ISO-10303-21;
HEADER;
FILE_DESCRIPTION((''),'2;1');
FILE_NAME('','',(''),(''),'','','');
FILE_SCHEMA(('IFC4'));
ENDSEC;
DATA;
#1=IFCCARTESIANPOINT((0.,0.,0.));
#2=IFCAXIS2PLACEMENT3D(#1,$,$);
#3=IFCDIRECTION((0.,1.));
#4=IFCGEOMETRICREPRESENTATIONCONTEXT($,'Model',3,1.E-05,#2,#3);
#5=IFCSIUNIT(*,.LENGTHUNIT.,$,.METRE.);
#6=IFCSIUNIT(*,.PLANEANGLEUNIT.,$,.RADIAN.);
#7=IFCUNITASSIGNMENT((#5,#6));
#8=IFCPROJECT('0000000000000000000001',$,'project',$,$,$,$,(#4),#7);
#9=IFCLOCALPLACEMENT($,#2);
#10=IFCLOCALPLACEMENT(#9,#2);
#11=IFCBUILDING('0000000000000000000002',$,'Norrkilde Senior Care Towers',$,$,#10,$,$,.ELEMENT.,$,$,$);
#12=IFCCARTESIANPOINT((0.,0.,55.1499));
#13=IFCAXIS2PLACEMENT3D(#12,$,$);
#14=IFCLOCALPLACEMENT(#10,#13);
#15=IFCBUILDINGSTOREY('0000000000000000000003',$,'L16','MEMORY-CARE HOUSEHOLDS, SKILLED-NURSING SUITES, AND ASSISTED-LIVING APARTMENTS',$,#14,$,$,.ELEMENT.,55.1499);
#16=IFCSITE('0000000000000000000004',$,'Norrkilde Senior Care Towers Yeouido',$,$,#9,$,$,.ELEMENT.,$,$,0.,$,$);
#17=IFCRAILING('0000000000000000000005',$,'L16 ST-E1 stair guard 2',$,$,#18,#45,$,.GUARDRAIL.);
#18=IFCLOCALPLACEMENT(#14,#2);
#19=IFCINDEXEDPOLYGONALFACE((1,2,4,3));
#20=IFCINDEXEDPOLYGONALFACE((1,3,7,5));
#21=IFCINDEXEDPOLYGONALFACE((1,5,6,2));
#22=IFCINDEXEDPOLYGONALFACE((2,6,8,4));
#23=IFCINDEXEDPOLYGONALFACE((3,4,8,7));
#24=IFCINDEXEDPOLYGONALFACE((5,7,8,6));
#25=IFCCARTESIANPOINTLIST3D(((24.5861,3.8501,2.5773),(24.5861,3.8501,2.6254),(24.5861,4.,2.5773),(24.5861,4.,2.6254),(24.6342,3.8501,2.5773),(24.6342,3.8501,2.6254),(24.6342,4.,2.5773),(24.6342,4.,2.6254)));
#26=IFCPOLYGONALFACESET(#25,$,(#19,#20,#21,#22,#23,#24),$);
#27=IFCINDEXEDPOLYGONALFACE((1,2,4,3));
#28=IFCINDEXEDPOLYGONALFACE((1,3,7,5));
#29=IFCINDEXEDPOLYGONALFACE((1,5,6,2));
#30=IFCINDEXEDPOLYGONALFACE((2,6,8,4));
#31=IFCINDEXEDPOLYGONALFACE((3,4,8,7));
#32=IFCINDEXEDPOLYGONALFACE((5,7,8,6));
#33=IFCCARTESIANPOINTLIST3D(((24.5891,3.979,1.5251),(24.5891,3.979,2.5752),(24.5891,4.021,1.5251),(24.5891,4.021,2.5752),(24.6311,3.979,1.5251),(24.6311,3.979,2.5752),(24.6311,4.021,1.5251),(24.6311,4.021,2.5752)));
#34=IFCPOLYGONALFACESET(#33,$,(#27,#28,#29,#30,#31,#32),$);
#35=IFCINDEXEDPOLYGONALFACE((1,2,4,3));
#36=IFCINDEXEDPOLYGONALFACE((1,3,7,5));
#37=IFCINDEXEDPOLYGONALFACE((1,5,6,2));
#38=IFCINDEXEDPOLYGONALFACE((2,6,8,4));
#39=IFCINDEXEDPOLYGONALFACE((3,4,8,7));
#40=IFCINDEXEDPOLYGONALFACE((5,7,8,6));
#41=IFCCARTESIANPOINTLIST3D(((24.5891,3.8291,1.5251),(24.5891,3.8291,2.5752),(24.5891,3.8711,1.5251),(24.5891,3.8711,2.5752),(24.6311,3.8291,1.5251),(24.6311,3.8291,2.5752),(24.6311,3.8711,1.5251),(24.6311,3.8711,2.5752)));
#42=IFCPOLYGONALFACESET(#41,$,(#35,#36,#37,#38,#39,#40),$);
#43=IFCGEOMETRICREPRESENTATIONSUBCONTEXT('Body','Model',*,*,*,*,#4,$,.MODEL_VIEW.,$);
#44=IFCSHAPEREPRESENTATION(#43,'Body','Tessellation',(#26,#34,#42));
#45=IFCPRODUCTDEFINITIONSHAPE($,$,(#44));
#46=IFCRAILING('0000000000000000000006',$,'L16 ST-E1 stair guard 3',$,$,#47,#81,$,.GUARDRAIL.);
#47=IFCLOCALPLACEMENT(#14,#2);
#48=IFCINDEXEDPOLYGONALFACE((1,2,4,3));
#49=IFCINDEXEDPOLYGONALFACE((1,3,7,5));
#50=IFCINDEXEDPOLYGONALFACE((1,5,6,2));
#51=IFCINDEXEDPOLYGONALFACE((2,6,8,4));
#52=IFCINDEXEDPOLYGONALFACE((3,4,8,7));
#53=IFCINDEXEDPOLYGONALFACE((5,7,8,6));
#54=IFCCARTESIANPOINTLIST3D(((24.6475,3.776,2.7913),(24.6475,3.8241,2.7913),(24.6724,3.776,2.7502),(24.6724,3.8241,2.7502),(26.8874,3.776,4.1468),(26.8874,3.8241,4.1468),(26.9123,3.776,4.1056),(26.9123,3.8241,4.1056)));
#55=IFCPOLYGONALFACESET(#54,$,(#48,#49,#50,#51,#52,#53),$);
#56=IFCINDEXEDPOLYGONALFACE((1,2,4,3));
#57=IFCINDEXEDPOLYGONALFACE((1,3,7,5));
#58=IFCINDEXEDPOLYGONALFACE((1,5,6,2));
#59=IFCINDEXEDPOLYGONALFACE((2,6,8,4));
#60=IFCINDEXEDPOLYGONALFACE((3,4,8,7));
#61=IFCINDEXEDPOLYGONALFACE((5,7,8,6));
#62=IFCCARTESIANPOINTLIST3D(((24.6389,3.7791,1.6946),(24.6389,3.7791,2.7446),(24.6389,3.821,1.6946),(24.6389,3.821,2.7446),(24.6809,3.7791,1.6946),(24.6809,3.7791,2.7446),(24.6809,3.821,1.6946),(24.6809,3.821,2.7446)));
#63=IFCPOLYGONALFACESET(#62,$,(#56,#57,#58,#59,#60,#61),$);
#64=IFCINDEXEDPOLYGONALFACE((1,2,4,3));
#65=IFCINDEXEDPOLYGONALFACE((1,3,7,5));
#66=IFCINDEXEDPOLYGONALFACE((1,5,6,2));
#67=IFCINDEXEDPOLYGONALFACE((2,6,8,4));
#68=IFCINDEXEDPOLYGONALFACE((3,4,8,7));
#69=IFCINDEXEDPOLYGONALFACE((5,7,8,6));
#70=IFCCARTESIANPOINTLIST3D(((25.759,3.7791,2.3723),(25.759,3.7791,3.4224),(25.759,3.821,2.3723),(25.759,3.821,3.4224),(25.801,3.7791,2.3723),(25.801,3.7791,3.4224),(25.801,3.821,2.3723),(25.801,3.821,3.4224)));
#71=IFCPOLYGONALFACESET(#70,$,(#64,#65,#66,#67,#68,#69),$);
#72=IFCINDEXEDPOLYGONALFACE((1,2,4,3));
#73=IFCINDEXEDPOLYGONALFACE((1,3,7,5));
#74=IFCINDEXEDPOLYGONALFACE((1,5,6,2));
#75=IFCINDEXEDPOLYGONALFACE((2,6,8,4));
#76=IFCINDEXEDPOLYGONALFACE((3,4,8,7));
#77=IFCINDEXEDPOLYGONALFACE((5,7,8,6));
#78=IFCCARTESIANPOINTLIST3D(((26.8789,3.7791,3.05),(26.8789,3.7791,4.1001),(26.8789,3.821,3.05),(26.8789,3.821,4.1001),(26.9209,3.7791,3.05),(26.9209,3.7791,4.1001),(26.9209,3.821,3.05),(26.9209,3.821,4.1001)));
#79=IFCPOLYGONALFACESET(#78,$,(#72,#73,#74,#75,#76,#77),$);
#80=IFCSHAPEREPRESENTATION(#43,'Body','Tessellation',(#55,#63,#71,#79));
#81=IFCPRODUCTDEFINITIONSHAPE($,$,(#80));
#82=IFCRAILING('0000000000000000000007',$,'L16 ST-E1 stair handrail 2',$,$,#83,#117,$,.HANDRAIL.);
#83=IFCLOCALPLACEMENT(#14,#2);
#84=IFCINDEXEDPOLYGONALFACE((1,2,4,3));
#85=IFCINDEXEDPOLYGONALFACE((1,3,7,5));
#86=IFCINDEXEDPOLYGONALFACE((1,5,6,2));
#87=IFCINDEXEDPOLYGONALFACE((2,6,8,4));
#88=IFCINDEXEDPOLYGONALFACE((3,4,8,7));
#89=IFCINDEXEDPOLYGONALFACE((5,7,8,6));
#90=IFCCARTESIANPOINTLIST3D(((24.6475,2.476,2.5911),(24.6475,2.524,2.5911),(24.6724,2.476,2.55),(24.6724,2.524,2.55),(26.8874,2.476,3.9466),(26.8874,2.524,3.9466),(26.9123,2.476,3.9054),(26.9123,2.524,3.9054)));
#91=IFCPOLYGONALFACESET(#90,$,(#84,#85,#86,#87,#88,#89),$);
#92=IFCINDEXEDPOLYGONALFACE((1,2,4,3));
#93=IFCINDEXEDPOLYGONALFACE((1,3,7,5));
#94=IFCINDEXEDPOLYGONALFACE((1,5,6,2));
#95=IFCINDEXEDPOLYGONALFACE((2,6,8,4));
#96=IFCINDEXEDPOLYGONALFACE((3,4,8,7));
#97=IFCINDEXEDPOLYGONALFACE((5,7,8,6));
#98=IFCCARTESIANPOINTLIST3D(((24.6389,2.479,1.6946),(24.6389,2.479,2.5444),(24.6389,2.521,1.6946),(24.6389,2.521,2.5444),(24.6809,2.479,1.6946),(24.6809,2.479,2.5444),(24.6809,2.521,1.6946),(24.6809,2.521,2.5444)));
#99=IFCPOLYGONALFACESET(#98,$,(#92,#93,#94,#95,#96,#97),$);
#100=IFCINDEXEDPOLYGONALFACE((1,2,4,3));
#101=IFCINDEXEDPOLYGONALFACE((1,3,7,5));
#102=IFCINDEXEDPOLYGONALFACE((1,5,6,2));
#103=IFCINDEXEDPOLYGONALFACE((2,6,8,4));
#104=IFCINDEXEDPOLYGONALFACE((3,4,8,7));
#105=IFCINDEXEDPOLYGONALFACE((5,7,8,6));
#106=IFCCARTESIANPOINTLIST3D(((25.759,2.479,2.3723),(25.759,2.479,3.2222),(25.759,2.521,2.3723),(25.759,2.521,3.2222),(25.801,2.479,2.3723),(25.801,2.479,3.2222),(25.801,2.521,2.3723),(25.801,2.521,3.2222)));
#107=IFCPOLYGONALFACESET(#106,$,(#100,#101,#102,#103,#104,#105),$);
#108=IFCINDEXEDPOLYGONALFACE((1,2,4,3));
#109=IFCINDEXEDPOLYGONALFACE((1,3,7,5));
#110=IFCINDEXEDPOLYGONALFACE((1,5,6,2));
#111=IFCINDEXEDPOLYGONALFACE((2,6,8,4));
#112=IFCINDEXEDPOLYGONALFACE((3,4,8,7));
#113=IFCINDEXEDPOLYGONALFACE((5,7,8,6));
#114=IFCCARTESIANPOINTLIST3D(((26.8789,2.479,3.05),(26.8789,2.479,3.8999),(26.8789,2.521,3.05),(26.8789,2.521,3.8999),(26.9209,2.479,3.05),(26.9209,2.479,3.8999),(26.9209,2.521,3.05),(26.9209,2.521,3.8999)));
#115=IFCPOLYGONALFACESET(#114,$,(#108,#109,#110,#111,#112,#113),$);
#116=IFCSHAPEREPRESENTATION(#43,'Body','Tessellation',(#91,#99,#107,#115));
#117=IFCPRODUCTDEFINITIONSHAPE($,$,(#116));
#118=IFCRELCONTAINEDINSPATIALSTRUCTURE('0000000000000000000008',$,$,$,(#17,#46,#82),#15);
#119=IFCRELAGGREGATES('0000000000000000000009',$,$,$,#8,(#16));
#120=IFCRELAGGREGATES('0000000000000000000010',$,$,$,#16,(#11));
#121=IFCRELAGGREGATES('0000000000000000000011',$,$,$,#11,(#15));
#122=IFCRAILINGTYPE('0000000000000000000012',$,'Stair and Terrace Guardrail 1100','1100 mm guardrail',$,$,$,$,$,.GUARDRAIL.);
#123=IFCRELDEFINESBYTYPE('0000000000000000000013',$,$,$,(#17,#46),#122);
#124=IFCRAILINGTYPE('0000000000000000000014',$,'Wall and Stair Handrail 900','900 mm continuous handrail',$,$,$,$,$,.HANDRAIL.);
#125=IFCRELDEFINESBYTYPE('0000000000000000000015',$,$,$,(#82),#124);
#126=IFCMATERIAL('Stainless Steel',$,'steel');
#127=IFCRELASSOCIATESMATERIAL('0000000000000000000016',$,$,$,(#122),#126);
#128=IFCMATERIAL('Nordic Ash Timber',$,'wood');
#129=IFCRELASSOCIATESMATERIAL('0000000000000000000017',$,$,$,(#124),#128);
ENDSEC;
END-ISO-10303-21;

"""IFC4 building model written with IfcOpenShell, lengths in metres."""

from ifc_helpers import new_model, si_unit, direction, frame, origin, origin_2d, place, context, subcontext, project, spatial, rectangle, extrude, material, type_object, element, save


model = new_model("IFC4")

# Units and contexts
model_context = context("Model", 3, precision=1e-05, world=origin(), true_north=direction((0.0, 1.0)))
body_context = subcontext(model_context, "Body", "Model", "MODEL_VIEW")
ifc_project = project(units=[si_unit("LENGTHUNIT", "METRE"), si_unit("PLANEANGLEUNIT", "RADIAN")], contexts=[model_context])

# Site, building, storey
site_placement = place(None, origin())
site = spatial("IfcSite", under=ifc_project, at=site_placement, Name="Norrkilde Senior Care Towers Yeouido", CompositionType="ELEMENT", RefElevation=0.0)
building_placement = place(site_placement, origin())
building = spatial("IfcBuilding", under=site, at=building_placement, Name="Norrkilde Senior Care Towers", CompositionType="ELEMENT")
storey_placement = place(building_placement, frame((0.0, 0.0, 55.1499)))
storey = spatial("IfcBuildingStorey", under=building, at=storey_placement, Name="L16", Description="MEMORY-CARE HOUSEHOLDS, SKILLED-NURSING SUITES, AND ASSISTED-LIVING APARTMENTS", CompositionType="ELEMENT", Elevation=55.1499)

# Shared definitions
ifc_material_1 = material(Name="Nordic Ash Timber", Category="wood")

# Railings
ifc_material_2 = material(Name="Stainless Steel", Category="steel")
railing_type_1 = type_object("IfcRailingType", Name="Stair and Terrace Guardrail 1100", Description="1100 mm guardrail", PredefinedType="GUARDRAIL", material=ifc_material_2)
railing_1_placement = place(storey_placement, frame((24.6101, 4.0, 1.5251)))
element("IfcRailing", 1, at=railing_1_placement, inside=storey, type_object=railing_type_1, Name="L16 ST-E1 stair guard 2", PredefinedType="GUARDRAIL", context=body_context, shape_type="SweptSolid", body=[
    extrude(rectangle(XDim=0.0481, YDim=0.0481, at=origin_2d()), frame((0.0, 0.0, 1.0762), z_axis=(0.0, -1.0, 0.0), x_axis=(1.0, 0.0, 0.0)), (0.0, 0.0, 1.0), 0.1499),
    extrude(rectangle(XDim=0.042, YDim=0.042, at=origin_2d()), origin(), (0.0, 0.0, 1.0), 1.05),
    extrude(rectangle(XDim=0.042, YDim=0.042, at=origin_2d()), frame((0.0, -0.1499, 0.0)), (0.0, 0.0, 1.0), 1.05),
])
railing_2_placement = place(storey_placement, frame((24.6599, 3.8, 1.6946)))
element("IfcRailing", 2, at=railing_2_placement, inside=storey, type_object=railing_type_1, Name="L16 ST-E1 stair guard 3", PredefinedType="GUARDRAIL", context=body_context, shape_type="SweptSolid", body=[
    extrude(rectangle(XDim=0.0481, YDim=0.0481, at=origin_2d()), frame((0.0, 0.0, 1.0762), z_axis=(0.855553, 0.0, 0.517715), x_axis=(0.0, 1.0, 0.0)), (0.0, 0.0, 1.0), 2.6182),
    extrude(rectangle(XDim=0.042, YDim=0.042, at=origin_2d()), origin(), (0.0, 0.0, 1.0), 1.05),
    extrude(rectangle(XDim=0.042, YDim=0.042, at=origin_2d()), frame((1.1201, 0.0, 0.6777)), (0.0, 0.0, 1.0), 1.05),
    extrude(rectangle(XDim=0.042, YDim=0.042, at=origin_2d()), frame((2.24, 0.0, 1.3555)), (0.0, 0.0, 1.0), 1.05),
])
railing_type_2 = type_object("IfcRailingType", Name="Wall and Stair Handrail 900", Description="900 mm continuous handrail", PredefinedType="HANDRAIL", material=ifc_material_1)
railing_3_placement = place(storey_placement, frame((24.6599, 2.5, 1.6946)))
element("IfcRailing", 3, at=railing_3_placement, inside=storey, type_object=railing_type_2, Name="L16 ST-E1 stair handrail 2", PredefinedType="HANDRAIL", context=body_context, shape_type="SweptSolid", body=[
    extrude(rectangle(XDim=0.0481, YDim=0.0481, at=origin_2d()), frame((0.0, 0.0, 0.876), z_axis=(0.855553, 0.0, 0.517715), x_axis=(0.0, 1.0, 0.0)), (0.0, 0.0, 1.0), 2.6182),
    extrude(rectangle(XDim=0.042, YDim=0.042, at=origin_2d()), origin(), (0.0, 0.0, 1.0), 0.8499),
    extrude(rectangle(XDim=0.042, YDim=0.042, at=origin_2d()), frame((1.1201, 0.0, 0.6777)), (0.0, 0.0, 1.0), 0.8499),
    extrude(rectangle(XDim=0.042, YDim=0.042, at=origin_2d()), frame((2.24, 0.0, 1.3555)), (0.0, 0.0, 1.0), 0.8499),
])

save(model, "model.ifc")
